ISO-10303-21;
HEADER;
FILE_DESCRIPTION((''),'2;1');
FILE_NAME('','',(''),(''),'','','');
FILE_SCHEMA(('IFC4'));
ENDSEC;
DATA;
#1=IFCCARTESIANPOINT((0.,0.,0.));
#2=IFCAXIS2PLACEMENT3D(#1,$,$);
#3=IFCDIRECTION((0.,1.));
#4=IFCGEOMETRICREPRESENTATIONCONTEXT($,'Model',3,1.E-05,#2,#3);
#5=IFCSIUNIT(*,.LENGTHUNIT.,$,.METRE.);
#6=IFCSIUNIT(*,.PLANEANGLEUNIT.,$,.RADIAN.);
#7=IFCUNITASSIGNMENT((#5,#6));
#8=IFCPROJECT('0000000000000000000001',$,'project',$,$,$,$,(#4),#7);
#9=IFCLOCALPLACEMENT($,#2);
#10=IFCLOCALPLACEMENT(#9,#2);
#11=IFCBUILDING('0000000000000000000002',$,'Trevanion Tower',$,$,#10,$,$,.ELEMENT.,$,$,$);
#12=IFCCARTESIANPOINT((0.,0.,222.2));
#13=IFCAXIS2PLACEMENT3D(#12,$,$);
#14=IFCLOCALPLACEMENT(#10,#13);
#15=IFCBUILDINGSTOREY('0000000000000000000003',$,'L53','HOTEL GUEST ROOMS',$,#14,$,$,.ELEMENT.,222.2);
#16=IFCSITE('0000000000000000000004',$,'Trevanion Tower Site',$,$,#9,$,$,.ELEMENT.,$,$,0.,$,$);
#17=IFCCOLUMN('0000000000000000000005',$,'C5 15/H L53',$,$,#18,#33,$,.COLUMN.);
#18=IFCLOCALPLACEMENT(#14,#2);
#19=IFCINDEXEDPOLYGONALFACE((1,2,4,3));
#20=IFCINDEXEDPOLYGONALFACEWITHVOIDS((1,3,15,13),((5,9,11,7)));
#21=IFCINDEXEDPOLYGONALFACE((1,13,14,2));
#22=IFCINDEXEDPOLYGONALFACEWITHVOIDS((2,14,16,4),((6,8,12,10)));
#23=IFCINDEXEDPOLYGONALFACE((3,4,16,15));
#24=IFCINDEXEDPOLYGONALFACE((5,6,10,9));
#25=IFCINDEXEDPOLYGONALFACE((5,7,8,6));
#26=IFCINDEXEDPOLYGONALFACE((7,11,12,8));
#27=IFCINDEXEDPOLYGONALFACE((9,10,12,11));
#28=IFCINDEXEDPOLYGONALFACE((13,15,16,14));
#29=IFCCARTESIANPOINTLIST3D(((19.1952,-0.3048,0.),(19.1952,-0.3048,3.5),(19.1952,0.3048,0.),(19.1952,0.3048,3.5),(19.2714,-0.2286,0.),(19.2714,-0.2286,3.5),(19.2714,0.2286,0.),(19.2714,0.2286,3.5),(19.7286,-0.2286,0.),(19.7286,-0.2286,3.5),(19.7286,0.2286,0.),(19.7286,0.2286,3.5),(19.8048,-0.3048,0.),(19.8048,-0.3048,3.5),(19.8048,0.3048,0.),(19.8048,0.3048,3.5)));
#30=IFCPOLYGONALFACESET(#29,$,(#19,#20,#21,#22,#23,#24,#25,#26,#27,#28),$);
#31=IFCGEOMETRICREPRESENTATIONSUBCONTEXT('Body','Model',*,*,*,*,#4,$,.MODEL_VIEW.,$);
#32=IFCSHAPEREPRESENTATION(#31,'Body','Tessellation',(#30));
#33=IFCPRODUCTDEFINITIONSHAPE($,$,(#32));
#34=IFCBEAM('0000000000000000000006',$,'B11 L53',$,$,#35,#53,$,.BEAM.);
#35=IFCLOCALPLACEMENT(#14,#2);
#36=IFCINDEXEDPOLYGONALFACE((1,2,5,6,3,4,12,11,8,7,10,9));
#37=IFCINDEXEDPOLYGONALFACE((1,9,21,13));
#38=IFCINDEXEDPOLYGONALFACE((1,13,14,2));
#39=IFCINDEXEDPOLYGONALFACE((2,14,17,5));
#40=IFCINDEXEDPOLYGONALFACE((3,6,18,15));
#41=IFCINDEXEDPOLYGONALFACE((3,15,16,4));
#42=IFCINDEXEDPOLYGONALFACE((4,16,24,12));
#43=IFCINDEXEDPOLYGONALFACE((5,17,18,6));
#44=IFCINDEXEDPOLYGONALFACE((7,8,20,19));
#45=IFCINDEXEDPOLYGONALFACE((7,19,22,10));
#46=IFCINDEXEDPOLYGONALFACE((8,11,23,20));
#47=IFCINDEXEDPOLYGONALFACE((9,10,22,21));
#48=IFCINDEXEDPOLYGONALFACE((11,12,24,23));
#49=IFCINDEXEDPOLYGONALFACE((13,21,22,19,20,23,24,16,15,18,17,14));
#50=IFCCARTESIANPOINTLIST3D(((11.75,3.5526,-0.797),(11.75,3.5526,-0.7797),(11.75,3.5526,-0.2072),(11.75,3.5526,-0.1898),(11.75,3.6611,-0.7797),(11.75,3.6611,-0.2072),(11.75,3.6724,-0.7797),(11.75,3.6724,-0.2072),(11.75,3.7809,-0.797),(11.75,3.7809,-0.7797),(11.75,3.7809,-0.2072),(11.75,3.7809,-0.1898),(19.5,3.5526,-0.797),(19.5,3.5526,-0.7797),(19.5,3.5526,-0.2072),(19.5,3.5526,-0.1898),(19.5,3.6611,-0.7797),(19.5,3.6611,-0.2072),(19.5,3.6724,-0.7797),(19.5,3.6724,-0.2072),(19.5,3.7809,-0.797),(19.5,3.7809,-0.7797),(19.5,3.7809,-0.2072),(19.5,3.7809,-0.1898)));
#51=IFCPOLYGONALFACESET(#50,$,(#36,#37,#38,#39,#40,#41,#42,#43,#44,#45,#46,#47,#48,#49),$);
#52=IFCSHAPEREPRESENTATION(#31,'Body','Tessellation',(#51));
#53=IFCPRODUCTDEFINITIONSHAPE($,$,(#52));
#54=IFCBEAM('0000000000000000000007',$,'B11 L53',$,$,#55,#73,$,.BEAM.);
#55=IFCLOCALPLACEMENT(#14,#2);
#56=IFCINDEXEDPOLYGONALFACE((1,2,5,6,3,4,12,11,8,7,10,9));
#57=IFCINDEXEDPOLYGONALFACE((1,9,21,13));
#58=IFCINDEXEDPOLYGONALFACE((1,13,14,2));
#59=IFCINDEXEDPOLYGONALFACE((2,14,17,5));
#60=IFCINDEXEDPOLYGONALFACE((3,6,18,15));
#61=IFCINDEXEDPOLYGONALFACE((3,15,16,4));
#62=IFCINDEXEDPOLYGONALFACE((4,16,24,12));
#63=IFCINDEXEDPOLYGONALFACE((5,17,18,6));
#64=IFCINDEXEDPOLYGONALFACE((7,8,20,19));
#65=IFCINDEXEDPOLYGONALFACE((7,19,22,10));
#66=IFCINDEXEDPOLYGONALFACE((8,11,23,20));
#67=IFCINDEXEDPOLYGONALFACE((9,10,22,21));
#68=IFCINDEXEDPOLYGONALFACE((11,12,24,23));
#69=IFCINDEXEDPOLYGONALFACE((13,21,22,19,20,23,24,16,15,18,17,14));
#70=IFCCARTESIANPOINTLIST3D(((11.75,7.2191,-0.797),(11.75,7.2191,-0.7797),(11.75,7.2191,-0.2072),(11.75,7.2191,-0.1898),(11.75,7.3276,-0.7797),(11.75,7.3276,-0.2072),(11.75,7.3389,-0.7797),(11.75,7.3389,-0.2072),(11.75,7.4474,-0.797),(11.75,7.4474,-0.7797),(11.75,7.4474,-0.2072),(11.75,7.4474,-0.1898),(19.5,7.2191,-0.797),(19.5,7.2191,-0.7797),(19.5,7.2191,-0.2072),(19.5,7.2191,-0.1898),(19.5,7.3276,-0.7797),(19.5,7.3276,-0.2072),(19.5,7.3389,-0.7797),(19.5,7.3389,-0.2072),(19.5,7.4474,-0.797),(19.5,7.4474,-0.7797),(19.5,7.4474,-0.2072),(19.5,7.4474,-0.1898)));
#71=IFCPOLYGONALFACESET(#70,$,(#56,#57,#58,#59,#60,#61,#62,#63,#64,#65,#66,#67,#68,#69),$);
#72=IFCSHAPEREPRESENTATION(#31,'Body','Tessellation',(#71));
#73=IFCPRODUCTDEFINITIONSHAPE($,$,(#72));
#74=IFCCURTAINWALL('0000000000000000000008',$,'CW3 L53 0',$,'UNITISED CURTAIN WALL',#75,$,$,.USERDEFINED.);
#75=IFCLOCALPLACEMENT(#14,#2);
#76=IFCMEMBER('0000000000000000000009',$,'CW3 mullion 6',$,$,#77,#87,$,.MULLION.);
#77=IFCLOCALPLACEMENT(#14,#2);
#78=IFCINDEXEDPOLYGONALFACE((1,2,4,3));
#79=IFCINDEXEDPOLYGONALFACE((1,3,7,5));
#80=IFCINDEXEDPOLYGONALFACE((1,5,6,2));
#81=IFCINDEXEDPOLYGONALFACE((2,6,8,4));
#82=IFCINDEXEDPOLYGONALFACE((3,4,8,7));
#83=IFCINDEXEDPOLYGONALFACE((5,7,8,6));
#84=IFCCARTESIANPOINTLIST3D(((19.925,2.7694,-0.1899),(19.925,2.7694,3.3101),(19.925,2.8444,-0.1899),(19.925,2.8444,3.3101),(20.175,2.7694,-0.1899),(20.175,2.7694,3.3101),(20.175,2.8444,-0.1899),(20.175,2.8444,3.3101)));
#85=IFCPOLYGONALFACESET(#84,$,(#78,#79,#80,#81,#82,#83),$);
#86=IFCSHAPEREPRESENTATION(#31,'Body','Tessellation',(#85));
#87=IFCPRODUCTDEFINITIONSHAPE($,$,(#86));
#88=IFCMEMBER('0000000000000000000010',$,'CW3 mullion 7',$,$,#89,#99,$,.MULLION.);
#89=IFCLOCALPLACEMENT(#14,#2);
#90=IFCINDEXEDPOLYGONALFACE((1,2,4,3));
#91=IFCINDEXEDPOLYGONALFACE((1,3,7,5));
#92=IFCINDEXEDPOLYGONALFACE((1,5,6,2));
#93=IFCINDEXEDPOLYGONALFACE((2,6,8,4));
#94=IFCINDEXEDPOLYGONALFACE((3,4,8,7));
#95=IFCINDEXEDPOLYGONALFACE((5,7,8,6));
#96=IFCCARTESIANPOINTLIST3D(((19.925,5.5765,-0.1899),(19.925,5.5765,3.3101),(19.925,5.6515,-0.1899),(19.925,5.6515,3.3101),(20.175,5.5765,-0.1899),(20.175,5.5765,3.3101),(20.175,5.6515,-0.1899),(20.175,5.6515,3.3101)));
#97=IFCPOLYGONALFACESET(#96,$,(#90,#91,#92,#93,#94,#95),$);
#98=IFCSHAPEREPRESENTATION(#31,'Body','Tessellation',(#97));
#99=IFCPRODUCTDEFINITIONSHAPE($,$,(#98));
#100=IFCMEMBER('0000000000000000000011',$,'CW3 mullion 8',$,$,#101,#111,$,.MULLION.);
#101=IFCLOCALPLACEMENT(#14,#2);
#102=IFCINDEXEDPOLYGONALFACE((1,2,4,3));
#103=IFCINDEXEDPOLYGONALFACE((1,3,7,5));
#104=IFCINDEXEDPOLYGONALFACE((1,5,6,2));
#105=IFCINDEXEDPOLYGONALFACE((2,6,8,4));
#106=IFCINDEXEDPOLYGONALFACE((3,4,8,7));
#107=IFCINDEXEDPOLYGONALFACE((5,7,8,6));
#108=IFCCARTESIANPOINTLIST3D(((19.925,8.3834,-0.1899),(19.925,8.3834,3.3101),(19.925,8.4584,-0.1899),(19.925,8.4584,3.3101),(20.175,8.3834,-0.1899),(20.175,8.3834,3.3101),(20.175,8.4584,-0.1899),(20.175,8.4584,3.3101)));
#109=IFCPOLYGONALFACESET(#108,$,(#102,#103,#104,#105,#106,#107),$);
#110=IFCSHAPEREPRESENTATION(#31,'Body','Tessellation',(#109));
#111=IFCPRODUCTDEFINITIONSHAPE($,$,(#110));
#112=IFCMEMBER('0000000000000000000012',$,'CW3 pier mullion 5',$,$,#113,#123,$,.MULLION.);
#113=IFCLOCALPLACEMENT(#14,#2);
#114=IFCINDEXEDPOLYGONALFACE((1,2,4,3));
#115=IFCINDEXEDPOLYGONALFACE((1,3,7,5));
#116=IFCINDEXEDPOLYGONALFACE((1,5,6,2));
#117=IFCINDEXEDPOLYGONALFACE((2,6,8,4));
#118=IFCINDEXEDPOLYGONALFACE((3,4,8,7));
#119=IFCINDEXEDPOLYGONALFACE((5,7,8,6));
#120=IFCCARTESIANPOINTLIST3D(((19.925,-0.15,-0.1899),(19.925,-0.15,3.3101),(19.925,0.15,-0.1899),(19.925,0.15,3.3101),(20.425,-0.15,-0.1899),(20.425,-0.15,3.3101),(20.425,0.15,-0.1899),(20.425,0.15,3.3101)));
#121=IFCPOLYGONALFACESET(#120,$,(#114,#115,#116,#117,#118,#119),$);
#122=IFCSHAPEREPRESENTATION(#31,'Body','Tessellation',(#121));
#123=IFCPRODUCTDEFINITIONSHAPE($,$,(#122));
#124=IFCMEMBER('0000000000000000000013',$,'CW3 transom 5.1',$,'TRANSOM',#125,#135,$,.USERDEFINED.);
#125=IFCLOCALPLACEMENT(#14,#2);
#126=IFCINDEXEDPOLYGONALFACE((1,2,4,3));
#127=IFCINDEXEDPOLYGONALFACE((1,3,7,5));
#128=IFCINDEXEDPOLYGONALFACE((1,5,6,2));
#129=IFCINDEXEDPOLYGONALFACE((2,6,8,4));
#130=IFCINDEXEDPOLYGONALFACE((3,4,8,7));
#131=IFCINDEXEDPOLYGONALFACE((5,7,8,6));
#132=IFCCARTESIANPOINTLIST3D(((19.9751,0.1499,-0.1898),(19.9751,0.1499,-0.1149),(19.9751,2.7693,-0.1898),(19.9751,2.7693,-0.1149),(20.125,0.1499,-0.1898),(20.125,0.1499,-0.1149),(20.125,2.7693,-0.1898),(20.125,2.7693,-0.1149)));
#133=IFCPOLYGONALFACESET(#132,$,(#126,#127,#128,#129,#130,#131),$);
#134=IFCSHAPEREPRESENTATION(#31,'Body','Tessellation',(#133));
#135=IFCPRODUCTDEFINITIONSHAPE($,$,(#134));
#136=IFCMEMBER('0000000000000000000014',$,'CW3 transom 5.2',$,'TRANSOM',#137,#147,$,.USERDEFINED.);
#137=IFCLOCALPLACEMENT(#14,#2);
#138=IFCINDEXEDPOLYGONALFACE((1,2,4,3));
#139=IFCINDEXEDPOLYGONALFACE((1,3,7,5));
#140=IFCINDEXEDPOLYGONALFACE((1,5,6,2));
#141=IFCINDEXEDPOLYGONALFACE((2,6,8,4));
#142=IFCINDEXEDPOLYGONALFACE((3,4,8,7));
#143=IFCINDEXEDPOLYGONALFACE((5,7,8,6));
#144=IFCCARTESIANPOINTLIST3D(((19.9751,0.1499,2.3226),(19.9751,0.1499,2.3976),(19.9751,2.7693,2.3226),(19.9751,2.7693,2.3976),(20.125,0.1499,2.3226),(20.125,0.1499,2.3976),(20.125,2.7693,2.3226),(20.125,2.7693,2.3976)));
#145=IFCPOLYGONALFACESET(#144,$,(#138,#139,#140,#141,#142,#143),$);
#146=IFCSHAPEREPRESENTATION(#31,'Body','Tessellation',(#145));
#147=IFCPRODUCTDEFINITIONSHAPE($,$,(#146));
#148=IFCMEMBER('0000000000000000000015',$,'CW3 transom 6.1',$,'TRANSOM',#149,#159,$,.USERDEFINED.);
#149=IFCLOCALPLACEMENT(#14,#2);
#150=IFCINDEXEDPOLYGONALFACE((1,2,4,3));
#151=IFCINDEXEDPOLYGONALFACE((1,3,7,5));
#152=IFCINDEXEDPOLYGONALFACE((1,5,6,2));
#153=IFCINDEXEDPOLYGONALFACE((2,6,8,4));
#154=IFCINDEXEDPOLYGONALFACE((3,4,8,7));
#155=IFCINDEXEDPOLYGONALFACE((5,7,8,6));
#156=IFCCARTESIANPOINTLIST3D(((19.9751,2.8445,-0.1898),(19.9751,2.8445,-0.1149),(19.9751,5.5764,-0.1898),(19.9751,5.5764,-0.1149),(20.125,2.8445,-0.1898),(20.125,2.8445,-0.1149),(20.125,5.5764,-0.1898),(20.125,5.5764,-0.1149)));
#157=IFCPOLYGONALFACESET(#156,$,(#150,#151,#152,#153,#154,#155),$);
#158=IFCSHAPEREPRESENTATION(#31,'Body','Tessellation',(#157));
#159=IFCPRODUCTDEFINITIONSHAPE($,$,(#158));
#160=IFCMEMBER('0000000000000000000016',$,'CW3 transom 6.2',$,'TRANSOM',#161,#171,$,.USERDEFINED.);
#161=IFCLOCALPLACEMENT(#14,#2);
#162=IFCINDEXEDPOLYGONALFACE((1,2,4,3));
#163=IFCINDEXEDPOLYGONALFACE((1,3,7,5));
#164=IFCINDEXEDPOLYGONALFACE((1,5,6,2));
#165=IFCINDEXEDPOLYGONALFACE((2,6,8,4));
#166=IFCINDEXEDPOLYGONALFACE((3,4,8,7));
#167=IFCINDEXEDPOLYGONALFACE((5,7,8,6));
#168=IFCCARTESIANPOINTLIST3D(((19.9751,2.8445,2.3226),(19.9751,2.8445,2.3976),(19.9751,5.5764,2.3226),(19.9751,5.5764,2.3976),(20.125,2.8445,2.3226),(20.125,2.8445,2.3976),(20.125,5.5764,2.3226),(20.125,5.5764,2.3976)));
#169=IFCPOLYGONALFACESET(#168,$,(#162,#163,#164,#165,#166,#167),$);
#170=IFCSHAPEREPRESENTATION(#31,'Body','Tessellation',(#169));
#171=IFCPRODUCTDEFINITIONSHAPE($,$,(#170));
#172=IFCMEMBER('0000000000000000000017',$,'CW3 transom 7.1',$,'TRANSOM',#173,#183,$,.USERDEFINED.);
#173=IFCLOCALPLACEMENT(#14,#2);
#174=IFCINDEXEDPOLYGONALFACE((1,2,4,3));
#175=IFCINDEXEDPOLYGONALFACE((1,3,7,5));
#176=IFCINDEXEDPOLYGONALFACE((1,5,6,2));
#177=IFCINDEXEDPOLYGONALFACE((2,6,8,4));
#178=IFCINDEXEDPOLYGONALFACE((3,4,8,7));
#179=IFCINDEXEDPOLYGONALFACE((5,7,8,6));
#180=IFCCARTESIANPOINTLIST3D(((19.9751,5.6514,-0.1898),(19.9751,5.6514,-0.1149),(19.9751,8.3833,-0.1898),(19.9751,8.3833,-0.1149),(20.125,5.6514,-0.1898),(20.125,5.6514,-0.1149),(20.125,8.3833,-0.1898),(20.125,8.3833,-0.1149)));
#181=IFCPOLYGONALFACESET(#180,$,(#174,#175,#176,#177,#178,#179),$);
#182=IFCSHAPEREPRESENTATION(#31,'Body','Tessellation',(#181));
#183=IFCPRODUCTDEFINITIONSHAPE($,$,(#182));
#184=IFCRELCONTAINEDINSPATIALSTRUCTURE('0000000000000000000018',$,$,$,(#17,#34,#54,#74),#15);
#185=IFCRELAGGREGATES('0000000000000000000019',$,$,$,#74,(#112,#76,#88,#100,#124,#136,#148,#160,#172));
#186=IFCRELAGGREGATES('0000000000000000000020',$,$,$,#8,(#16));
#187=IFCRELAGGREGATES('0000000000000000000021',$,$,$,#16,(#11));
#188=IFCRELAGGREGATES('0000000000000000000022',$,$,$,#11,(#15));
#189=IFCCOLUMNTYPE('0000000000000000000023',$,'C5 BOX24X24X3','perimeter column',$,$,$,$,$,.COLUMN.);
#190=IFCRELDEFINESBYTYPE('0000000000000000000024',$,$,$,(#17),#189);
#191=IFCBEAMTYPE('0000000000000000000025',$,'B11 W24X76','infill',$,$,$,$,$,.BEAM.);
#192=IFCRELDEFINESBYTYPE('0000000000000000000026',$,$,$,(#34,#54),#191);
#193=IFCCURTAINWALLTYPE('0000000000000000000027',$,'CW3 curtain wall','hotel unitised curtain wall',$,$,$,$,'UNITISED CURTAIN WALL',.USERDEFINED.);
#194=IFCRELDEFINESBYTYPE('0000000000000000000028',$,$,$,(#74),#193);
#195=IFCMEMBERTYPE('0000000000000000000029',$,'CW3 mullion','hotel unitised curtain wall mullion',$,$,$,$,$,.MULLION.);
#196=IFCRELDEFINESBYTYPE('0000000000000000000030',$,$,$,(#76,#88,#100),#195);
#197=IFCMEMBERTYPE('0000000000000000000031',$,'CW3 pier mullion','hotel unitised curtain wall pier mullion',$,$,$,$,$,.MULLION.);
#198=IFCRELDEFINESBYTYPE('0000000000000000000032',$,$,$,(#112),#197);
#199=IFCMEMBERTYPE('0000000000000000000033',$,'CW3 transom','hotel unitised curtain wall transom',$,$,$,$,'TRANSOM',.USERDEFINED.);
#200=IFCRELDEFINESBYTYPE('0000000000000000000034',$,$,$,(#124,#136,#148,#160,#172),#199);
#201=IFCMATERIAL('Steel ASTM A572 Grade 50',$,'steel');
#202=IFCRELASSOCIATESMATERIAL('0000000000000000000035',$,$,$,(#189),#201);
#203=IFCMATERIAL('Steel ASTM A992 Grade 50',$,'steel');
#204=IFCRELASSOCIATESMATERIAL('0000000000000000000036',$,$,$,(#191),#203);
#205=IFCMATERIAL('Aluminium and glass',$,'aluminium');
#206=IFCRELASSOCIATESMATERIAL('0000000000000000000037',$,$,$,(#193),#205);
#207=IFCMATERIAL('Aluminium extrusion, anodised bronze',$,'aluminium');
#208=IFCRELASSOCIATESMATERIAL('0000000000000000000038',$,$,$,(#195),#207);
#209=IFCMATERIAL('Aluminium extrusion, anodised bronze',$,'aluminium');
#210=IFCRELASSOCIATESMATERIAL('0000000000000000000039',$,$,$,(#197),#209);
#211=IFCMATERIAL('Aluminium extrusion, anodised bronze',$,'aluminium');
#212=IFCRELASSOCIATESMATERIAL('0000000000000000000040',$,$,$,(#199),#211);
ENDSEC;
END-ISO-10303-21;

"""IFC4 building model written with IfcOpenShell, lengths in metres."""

from ifc_helpers import new_model, si_unit, direction, frame, origin, origin_2d, place, context, subcontext, project, spatial, rectangle, hollow_rectangle, i_section, extrude, material, material_profile, profile_set, type_object, element, aggregate, save


model = new_model("IFC4")

# Units and contexts
model_context = context("Model", 3, precision=1e-05, world=origin(), true_north=direction((0.0, 1.0)))
body_context = subcontext(model_context, "Body", "Model", "MODEL_VIEW")
ifc_project = project(units=[si_unit("LENGTHUNIT", "METRE"), si_unit("PLANEANGLEUNIT", "RADIAN")], contexts=[model_context])

# Site, building, storey
site_placement = place(None, origin())
site = spatial("IfcSite", under=ifc_project, at=site_placement, Name="Trevanion Tower Site", CompositionType="ELEMENT", RefElevation=0.0)
building_placement = place(site_placement, origin())
building = spatial("IfcBuilding", under=site, at=building_placement, Name="Trevanion Tower", CompositionType="ELEMENT")
storey_placement = place(building_placement, frame((0.0, 0.0, 222.2)))
storey = spatial("IfcBuildingStorey", under=building, at=storey_placement, Name="L53", Description="HOTEL GUEST ROOMS", CompositionType="ELEMENT", Elevation=222.2)

# Column
ifc_material_1 = material(Name="Steel ASTM A572 Grade 50", Category="steel")
ifc_material_profile_1 = material_profile(ifc_material_1, hollow_rectangle(XDim=0.6096, YDim=0.6096, WallThickness=0.0762, at=origin_2d()), Name="BOX24X24X3")
ifc_profile_set_1 = profile_set([ifc_material_profile_1], Name="Steel ASTM A572 Grade 50")
column_type = type_object("IfcColumnType", Name="C5 BOX24X24X3", Description="perimeter column", PredefinedType="COLUMN", material=ifc_profile_set_1)
column_placement = place(storey_placement, frame((19.5, 0.0, 0.0), z_axis=(0.0, 0.0, 1.0), x_axis=(0.0, 1.0, 0.0)))
element("IfcColumn", 1, at=column_placement, inside=storey, type_object=column_type, Name="C5 15/H L53", PredefinedType="COLUMN", context=body_context, shape_type="SweptSolid", body=[
    extrude(hollow_rectangle(XDim=0.6096, YDim=0.6096, WallThickness=0.0762, at=origin_2d()), origin(), (0.0, 0.0, 1.0), 3.5),
])

# Beams
ifc_material_2 = material(Name="Steel ASTM A992 Grade 50", Category="steel")
ifc_material_profile_2 = material_profile(ifc_material_2, i_section(OverallWidth=0.2283, OverallDepth=0.6072, WebThickness=0.0112, FlangeThickness=0.0173, at=origin_2d()), Name="W24X76")
ifc_profile_set_2 = profile_set([ifc_material_profile_2], Name="Steel ASTM A992 Grade 50")
beam_type_1 = type_object("IfcBeamType", Name="B11 W24X76", Description="infill", PredefinedType="BEAM", material=ifc_profile_set_2)
for number, where, z_axis, x_axis, name in (
    (2, (11.75, 3.6667, -0.4934), (1.0, 0.0, 0.0), (0.0, 1.0, 0.0), "B11 L53"),
    (3, (11.75, 7.3333, -0.4934), (1.0, 0.0, 0.0), (0.0, 1.0, 0.0), "B11 L53"),
):
    element("IfcBeam", number, at=place(storey_placement, frame(where, z_axis=z_axis, x_axis=x_axis)), inside=storey, type_object=beam_type_1, Name=name, PredefinedType="BEAM", context=body_context, shape_type="SweptSolid", body=[
        extrude(i_section(OverallWidth=0.2283, OverallDepth=0.6072, WebThickness=0.0112, FlangeThickness=0.0173, at=origin_2d()), origin(), (0.0, 0.0, 1.0), 7.75),
    ])

# Curtain wall, members
ifc_material_3 = material(Name="Aluminium and glass", Category="aluminium")
curtain_wall_type = type_object("IfcCurtainWallType", Name="CW3 curtain wall", Description="hotel unitised curtain wall", ElementType="UNITISED CURTAIN WALL", PredefinedType="USERDEFINED", material=ifc_material_3)
curtain_wall_placement = place(storey_placement, origin())
curtain_wall = element("IfcCurtainWall", 4, at=curtain_wall_placement, inside=storey, type_object=curtain_wall_type, Name="CW3 L53 0", ObjectType="UNITISED CURTAIN WALL", PredefinedType="USERDEFINED")
ifc_material_4 = material(Name="Aluminium extrusion, anodised bronze", Category="aluminium")
ifc_material_profile_3 = material_profile(ifc_material_4, rectangle(XDim=0.075, YDim=0.25, at=origin_2d()), Name="CW3 mullion")
ifc_profile_set_3 = profile_set([ifc_material_profile_3], Name="Aluminium extrusion, anodised bronze")
member_type_1 = type_object("IfcMemberType", Name="CW3 mullion", Description="hotel unitised curtain wall mullion", PredefinedType="MULLION", material=ifc_profile_set_3)
member_1_placement = place(storey_placement, frame((20.05, 2.8069, -0.1899), z_axis=(0.0, 0.0, 1.0), x_axis=(0.0, 1.0, 0.0)))
member_1 = element("IfcMember", 5, at=member_1_placement, type_object=member_type_1, Name="CW3 mullion 6", PredefinedType="MULLION", context=body_context, shape_type="SweptSolid", body=[
    extrude(rectangle(XDim=0.075, YDim=0.25, at=origin_2d()), origin(), (0.0, 0.0, 1.0), 3.5),
])
member_2_placement = place(storey_placement, frame((20.05, 5.614, -0.1899), z_axis=(0.0, 0.0, 1.0), x_axis=(0.0, 1.0, 0.0)))
member_2 = element("IfcMember", 6, at=member_2_placement, type_object=member_type_1, Name="CW3 mullion 7", PredefinedType="MULLION", context=body_context, shape_type="SweptSolid", body=[
    extrude(rectangle(XDim=0.075, YDim=0.25, at=origin_2d()), origin(), (0.0, 0.0, 1.0), 3.5),
])
member_3_placement = place(storey_placement, frame((20.05, 8.4209, -0.1899), z_axis=(0.0, 0.0, 1.0), x_axis=(0.0, 1.0, 0.0)))
member_3 = element("IfcMember", 7, at=member_3_placement, type_object=member_type_1, Name="CW3 mullion 8", PredefinedType="MULLION", context=body_context, shape_type="SweptSolid", body=[
    extrude(rectangle(XDim=0.075, YDim=0.25, at=origin_2d()), origin(), (0.0, 0.0, 1.0), 3.5),
])
ifc_material_5 = material(Name="Aluminium extrusion, anodised bronze", Category="aluminium")
ifc_material_profile_4 = material_profile(ifc_material_5, rectangle(XDim=0.3, YDim=0.5, at=origin_2d()), Name="CW3 pier mullion")
ifc_profile_set_4 = profile_set([ifc_material_profile_4], Name="Aluminium extrusion, anodised bronze")
member_type_2 = type_object("IfcMemberType", Name="CW3 pier mullion", Description="hotel unitised curtain wall pier mullion", PredefinedType="MULLION", material=ifc_profile_set_4)
member_4_placement = place(storey_placement, frame((20.175, 0.0, -0.1899), z_axis=(0.0, 0.0, 1.0), x_axis=(0.0, 1.0, 0.0)))
member_4 = element("IfcMember", 8, at=member_4_placement, type_object=member_type_2, Name="CW3 pier mullion 5", PredefinedType="MULLION", context=body_context, shape_type="SweptSolid", body=[
    extrude(rectangle(XDim=0.3, YDim=0.5, at=origin_2d()), origin(), (0.0, 0.0, 1.0), 3.5),
])
ifc_material_6 = material(Name="Aluminium extrusion, anodised bronze", Category="aluminium")
ifc_material_profile_5 = material_profile(ifc_material_6, rectangle(XDim=0.1499, YDim=0.075, at=origin_2d()), Name="CW3 transom")
ifc_profile_set_5 = profile_set([ifc_material_profile_5], Name="Aluminium extrusion, anodised bronze")
member_type_3 = type_object("IfcMemberType", Name="CW3 transom", Description="hotel unitised curtain wall transom", ElementType="TRANSOM", PredefinedType="USERDEFINED", material=ifc_profile_set_5)
member_5_placement = place(storey_placement, frame((20.05, 0.1499, -0.1523), z_axis=(0.0, 1.0, 0.0), x_axis=(-1.0, 0.0, 0.0)))
member_5 = element("IfcMember", 9, at=member_5_placement, type_object=member_type_3, Name="CW3 transom 5.1", ObjectType="TRANSOM", PredefinedType="USERDEFINED", context=body_context, shape_type="SweptSolid", body=[
    extrude(rectangle(XDim=0.1499, YDim=0.075, at=origin_2d()), origin(), (0.0, 0.0, 1.0), 2.6194),
])
member_6_placement = place(storey_placement, frame((20.05, 0.1499, 2.3601), z_axis=(0.0, 1.0, 0.0), x_axis=(-1.0, 0.0, 0.0)))
member_6 = element("IfcMember", 10, at=member_6_placement, type_object=member_type_3, Name="CW3 transom 5.2", ObjectType="TRANSOM", PredefinedType="USERDEFINED", context=body_context, shape_type="SweptSolid", body=[
    extrude(rectangle(XDim=0.1499, YDim=0.075, at=origin_2d()), origin(), (0.0, 0.0, 1.0), 2.6194),
])
member_7_placement = place(storey_placement, frame((20.05, 2.8445, -0.1523), z_axis=(0.0, 1.0, 0.0), x_axis=(-1.0, 0.0, 0.0)))
member_7 = element("IfcMember", 11, at=member_7_placement, type_object=member_type_3, Name="CW3 transom 6.1", ObjectType="TRANSOM", PredefinedType="USERDEFINED", context=body_context, shape_type="SweptSolid", body=[
    extrude(rectangle(XDim=0.1499, YDim=0.075, at=origin_2d()), origin(), (0.0, 0.0, 1.0), 2.7319),
])
member_8_placement = place(storey_placement, frame((20.05, 2.8445, 2.3601), z_axis=(0.0, 1.0, 0.0), x_axis=(-1.0, 0.0, 0.0)))
member_8 = element("IfcMember", 12, at=member_8_placement, type_object=member_type_3, Name="CW3 transom 6.2", ObjectType="TRANSOM", PredefinedType="USERDEFINED", context=body_context, shape_type="SweptSolid", body=[
    extrude(rectangle(XDim=0.1499, YDim=0.075, at=origin_2d()), origin(), (0.0, 0.0, 1.0), 2.7319),
])
member_9_placement = place(storey_placement, frame((20.05, 5.6514, -0.1523), z_axis=(0.0, 1.0, 0.0), x_axis=(-1.0, 0.0, 0.0)))
member_9 = element("IfcMember", 13, at=member_9_placement, type_object=member_type_3, Name="CW3 transom 7.1", ObjectType="TRANSOM", PredefinedType="USERDEFINED", context=body_context, shape_type="SweptSolid", body=[
    extrude(rectangle(XDim=0.1499, YDim=0.075, at=origin_2d()), origin(), (0.0, 0.0, 1.0), 2.7319),
])

aggregate(curtain_wall, [member_4, member_1, member_2, member_3, member_5, member_6, member_7, member_8, member_9])

save(model, "model.ifc")
